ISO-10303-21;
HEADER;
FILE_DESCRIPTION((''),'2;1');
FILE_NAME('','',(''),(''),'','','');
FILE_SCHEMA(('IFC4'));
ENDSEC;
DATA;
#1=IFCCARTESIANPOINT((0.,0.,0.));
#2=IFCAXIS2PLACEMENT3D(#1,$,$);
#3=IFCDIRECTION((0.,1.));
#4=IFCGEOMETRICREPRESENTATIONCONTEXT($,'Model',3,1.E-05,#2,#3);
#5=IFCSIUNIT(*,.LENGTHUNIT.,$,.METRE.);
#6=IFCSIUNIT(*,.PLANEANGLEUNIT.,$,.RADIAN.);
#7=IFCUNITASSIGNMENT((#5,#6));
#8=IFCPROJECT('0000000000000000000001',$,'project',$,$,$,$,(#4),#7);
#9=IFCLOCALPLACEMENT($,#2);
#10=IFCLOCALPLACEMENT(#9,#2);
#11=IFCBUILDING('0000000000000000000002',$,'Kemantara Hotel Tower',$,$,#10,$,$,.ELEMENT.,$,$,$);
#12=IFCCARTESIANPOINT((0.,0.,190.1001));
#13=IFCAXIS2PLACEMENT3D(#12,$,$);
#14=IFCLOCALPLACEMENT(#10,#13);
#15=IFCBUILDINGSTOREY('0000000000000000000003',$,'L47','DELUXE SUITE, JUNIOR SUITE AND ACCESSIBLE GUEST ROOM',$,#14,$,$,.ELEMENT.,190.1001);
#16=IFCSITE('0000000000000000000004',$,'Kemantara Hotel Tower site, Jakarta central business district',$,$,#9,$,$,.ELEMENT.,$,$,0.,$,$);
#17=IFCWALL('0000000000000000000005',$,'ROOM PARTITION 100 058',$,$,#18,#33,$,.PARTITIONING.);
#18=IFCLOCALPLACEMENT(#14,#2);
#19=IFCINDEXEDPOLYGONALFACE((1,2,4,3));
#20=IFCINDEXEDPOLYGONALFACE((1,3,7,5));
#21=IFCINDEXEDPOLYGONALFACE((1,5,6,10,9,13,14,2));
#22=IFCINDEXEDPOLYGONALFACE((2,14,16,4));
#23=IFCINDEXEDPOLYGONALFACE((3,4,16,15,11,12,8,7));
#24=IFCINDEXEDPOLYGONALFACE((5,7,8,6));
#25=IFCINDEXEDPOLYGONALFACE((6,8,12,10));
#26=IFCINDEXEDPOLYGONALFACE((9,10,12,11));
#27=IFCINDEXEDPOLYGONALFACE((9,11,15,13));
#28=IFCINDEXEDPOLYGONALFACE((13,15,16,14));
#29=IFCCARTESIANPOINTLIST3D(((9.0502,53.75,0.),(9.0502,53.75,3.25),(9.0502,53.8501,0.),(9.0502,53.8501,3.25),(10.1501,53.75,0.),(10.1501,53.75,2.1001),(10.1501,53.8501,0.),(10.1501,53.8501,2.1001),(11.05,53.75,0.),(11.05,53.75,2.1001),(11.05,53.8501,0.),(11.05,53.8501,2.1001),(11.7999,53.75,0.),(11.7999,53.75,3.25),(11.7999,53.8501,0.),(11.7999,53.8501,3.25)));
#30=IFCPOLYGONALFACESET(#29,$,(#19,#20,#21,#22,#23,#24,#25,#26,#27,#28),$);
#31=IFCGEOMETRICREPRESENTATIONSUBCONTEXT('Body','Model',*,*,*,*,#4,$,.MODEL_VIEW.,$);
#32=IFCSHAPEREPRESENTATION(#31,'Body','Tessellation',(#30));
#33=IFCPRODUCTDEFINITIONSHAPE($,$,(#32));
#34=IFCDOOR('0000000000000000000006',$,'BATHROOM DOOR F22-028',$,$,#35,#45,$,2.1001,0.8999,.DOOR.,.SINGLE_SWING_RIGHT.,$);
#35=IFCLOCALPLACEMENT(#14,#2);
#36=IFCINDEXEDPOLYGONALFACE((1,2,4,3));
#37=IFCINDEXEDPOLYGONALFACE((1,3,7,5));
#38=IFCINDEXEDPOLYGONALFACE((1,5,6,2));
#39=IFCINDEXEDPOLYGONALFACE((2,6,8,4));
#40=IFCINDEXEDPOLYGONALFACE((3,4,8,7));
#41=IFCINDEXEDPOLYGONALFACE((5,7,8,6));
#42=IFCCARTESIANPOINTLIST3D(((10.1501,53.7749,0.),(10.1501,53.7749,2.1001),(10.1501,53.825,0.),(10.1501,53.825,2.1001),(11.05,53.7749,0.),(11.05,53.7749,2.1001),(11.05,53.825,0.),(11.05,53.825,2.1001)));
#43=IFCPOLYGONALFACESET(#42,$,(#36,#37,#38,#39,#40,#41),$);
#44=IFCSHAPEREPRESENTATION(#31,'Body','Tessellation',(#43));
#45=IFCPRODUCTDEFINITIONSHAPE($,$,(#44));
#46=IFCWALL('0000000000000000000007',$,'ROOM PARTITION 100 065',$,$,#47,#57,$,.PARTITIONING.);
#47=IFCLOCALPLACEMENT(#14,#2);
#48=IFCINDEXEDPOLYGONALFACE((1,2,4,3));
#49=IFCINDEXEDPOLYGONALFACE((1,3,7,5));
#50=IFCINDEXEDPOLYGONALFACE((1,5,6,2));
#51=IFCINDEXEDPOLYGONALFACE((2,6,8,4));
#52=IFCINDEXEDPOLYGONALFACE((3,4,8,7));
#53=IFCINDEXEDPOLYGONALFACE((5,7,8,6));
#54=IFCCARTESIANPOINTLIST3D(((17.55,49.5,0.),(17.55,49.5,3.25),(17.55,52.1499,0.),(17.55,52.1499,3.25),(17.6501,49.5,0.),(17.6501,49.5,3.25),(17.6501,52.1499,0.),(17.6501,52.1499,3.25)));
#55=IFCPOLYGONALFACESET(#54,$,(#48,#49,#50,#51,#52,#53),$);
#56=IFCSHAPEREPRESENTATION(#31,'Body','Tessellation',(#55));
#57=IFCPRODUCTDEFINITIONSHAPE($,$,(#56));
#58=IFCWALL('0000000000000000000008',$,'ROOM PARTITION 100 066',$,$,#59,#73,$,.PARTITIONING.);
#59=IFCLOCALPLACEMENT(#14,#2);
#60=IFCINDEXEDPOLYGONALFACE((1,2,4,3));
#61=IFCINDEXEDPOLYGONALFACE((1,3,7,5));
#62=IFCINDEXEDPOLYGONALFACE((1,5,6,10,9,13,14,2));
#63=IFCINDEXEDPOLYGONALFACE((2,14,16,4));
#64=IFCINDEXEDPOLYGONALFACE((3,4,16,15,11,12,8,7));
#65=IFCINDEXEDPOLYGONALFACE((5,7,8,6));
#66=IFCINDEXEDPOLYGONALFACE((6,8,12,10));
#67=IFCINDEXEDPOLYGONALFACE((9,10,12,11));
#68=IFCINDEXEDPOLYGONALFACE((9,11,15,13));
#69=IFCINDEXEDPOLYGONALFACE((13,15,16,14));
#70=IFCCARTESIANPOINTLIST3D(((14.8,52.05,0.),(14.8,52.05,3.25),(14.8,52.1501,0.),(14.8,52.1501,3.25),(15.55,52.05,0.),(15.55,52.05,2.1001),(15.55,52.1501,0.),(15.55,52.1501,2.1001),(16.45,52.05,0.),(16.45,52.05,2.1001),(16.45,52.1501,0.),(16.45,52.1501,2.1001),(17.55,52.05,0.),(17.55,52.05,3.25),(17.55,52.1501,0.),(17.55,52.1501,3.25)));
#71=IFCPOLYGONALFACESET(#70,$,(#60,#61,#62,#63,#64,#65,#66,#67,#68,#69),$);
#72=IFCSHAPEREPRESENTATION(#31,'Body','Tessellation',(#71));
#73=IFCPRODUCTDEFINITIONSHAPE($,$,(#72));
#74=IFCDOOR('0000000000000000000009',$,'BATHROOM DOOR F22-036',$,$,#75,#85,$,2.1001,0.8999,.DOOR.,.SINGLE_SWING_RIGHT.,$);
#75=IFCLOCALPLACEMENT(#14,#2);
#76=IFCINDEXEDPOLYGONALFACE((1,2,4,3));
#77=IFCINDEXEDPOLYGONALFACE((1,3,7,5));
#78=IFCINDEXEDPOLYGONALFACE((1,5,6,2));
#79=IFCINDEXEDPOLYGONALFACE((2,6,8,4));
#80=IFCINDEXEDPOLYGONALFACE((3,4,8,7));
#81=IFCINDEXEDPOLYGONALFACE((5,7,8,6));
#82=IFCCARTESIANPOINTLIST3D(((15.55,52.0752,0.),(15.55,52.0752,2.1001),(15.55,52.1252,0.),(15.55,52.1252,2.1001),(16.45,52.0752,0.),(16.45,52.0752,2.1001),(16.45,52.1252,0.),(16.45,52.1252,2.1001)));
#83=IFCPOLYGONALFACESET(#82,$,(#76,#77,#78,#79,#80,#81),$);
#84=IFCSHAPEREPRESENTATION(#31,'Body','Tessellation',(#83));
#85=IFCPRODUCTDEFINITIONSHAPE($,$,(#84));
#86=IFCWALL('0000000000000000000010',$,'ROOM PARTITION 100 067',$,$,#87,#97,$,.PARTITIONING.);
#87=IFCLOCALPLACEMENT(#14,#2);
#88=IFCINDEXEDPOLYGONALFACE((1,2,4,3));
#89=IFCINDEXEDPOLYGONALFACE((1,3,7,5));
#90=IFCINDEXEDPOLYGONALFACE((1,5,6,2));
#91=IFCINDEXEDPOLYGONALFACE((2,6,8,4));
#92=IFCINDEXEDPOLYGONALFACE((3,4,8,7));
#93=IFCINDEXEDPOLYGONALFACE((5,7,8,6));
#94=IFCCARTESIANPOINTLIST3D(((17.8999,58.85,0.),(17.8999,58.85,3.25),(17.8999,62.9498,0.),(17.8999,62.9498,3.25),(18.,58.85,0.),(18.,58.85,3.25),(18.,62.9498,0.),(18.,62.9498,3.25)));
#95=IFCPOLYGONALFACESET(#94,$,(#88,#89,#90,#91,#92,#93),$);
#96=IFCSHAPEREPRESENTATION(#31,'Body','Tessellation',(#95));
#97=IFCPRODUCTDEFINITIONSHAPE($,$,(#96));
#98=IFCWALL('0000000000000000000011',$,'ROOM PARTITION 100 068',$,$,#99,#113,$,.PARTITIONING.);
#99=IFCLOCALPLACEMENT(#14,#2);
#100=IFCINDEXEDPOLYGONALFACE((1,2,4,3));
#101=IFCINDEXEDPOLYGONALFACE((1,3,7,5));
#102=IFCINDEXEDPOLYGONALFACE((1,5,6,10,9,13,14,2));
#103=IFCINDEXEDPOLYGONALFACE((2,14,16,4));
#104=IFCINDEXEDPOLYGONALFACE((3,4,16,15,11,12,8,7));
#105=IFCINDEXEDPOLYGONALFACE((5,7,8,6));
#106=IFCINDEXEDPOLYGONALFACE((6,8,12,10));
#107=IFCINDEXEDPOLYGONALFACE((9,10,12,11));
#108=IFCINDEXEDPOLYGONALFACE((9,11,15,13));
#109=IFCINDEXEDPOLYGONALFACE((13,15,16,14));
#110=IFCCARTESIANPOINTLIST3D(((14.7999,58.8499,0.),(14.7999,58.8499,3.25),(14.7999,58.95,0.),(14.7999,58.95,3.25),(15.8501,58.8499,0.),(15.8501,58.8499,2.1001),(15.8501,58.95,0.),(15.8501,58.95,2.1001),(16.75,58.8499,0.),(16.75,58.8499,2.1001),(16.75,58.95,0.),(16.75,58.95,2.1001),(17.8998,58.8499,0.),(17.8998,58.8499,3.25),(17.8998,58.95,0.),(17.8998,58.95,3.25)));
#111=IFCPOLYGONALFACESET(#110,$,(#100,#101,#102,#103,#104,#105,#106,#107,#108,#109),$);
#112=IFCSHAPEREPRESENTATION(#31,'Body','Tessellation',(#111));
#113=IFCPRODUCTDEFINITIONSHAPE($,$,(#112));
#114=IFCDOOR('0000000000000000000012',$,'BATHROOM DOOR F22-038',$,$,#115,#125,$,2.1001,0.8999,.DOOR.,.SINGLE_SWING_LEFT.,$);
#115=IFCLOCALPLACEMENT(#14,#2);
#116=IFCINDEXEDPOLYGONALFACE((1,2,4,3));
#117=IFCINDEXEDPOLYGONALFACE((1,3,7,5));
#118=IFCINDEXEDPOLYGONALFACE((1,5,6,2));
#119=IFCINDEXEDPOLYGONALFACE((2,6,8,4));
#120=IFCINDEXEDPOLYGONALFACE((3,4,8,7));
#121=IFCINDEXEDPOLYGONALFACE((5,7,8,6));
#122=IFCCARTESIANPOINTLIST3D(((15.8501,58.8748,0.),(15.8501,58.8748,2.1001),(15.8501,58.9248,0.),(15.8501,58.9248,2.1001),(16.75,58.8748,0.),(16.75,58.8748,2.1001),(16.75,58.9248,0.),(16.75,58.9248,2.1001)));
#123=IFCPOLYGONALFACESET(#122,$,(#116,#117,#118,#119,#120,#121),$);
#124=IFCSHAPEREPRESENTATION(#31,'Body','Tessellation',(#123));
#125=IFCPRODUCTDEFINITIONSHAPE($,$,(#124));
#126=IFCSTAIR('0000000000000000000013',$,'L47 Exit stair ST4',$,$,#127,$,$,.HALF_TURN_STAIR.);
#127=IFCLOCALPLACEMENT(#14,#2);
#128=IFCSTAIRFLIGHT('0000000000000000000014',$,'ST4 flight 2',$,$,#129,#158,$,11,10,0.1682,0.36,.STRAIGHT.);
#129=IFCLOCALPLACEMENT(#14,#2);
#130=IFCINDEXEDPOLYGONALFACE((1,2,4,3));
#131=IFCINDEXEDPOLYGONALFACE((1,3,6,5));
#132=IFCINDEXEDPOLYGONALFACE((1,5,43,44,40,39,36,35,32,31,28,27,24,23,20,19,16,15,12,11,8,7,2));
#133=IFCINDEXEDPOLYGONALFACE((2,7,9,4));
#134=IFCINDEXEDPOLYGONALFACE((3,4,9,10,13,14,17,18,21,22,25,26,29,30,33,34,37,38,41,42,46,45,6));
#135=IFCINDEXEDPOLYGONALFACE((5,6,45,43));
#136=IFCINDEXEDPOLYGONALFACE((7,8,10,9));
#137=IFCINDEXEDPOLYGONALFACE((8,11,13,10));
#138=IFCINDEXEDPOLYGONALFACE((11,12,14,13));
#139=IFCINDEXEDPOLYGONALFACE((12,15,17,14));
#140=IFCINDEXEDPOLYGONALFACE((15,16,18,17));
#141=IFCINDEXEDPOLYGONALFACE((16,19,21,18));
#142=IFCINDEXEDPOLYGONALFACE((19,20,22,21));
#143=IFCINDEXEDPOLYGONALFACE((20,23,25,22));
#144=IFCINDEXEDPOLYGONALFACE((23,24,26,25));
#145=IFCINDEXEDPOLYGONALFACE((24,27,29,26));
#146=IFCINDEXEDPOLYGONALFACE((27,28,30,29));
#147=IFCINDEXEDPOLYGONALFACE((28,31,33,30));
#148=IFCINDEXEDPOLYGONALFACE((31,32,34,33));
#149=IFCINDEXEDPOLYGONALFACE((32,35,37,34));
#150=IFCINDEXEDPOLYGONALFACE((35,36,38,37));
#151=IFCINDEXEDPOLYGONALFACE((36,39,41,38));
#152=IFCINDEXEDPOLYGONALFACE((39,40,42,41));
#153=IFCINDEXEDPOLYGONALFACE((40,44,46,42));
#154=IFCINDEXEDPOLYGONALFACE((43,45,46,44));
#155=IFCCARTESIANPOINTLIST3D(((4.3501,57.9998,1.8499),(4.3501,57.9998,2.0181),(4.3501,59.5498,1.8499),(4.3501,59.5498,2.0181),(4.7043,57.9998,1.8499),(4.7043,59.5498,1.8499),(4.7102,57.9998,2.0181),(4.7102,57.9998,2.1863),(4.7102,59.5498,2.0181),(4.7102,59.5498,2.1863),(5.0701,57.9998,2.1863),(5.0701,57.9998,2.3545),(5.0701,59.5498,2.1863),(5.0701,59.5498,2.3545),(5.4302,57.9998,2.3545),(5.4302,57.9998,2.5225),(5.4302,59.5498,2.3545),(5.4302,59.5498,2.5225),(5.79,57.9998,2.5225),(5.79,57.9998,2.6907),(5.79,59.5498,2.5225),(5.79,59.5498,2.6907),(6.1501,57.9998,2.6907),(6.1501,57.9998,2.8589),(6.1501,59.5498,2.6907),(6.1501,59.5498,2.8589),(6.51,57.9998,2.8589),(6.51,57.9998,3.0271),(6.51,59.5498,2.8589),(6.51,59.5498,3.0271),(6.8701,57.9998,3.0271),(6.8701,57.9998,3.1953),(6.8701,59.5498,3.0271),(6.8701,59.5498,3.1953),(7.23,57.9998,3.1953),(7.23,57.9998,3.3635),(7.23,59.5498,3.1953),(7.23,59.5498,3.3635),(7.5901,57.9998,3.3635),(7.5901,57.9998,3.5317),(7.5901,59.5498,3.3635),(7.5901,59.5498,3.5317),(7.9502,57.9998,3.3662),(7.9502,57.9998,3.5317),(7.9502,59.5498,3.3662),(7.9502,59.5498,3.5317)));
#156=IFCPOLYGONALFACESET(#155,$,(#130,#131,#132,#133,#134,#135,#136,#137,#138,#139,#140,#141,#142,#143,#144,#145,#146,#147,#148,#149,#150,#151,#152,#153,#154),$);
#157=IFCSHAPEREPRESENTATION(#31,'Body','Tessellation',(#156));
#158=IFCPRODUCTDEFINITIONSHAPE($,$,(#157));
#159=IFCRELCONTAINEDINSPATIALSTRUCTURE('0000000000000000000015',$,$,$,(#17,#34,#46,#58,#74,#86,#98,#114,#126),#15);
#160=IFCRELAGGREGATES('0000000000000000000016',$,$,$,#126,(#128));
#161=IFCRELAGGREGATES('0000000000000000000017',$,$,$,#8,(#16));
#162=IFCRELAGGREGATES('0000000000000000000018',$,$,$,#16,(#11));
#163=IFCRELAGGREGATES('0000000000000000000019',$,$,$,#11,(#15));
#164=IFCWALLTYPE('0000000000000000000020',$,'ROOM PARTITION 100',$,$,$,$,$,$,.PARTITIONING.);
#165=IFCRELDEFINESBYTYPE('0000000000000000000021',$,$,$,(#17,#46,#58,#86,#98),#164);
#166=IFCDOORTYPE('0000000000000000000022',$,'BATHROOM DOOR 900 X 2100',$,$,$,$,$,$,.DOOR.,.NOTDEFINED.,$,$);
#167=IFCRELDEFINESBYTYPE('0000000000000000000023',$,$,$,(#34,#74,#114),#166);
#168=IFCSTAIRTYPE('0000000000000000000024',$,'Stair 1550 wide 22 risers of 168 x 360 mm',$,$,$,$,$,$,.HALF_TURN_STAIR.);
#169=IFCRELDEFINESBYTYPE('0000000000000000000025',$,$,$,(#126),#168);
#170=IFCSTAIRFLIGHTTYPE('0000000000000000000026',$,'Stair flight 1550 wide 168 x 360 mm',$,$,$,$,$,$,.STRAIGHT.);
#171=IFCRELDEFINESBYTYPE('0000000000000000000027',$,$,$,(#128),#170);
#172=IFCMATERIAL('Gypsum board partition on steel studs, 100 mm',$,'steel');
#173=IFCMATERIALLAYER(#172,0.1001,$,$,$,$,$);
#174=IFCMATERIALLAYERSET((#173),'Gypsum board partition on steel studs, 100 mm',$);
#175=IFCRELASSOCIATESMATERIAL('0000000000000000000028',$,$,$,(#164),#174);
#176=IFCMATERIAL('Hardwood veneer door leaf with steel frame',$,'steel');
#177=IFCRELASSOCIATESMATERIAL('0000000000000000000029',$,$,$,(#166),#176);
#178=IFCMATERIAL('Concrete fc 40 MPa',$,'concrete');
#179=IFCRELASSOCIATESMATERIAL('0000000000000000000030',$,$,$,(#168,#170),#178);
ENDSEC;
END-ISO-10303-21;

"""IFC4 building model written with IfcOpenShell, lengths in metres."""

from ifc_helpers import new_model, si_unit, direction, frame, frame_2d, origin, place, context, subcontext, project, spatial, polyline, rectangle, outline, extrude, material, layer, layer_set, type_object, element, fill, aggregate, save


model = new_model("IFC4")

# Units and contexts
model_context = context("Model", 3, precision=1e-05, world=origin(), true_north=direction((0.0, 1.0)))
body_context = subcontext(model_context, "Body", "Model", "MODEL_VIEW")
ifc_project = project(units=[si_unit("LENGTHUNIT", "METRE"), si_unit("PLANEANGLEUNIT", "RADIAN")], contexts=[model_context])

# Site, building, storey
site_placement = place(None, origin())
site = spatial("IfcSite", under=ifc_project, at=site_placement, Name="Kemantara Hotel Tower site, Jakarta central business district", CompositionType="ELEMENT", RefElevation=0.0)
building_placement = place(site_placement, origin())
building = spatial("IfcBuilding", under=site, at=building_placement, Name="Kemantara Hotel Tower", CompositionType="ELEMENT")
storey_placement = place(building_placement, frame((0.0, 0.0, 190.1001)))
storey = spatial("IfcBuildingStorey", under=building, at=storey_placement, Name="L47", Description="DELUXE SUITE, JUNIOR SUITE AND ACCESSIBLE GUEST ROOM", CompositionType="ELEMENT", Elevation=190.1001)

# Shared definitions
ifc_material_1 = material(Name="Concrete fc 40 MPa", Category="concrete")

# Shared definitions
ifc_material_2 = material(Name="Gypsum board partition on steel studs, 100 mm", Category="steel")
ifc_layer_1 = layer(ifc_material_2, 0.1001)
ifc_layer_set_1 = layer_set([ifc_layer_1], Name="Gypsum board partition on steel studs, 100 mm")
wall_type_1 = type_object("IfcWallType", Name="ROOM PARTITION 100", PredefinedType="PARTITIONING", material=ifc_layer_set_1)

# Wall, opening, door
wall_1_placement = place(storey_placement, frame((9.05, 53.8, 0.0), z_axis=(0.0, 0.0, 1.0), x_axis=(1.0, 0.0, 0.0)))
wall_1 = element("IfcWall", 1, at=wall_1_placement, inside=storey, type_object=wall_type_1, Name="ROOM PARTITION 100 058", PredefinedType="PARTITIONING", context=body_context, shape_type="SweptSolid", body=[
    extrude(rectangle(XDim=2.7498, YDim=0.1001, at=frame_2d((1.375, 0.0))), origin(), (0.0, 0.0, 1.0), 3.25),
])
opening_1_placement = place(wall_1_placement, frame((1.1001, 0.0, 0.0)))
opening_1 = element("IfcOpeningElement", 2, at=opening_1_placement, cuts=wall_1, PredefinedType="OPENING", context=body_context, shape_type="SweptSolid", body=[
    extrude(rectangle(XDim=0.8999, YDim=2.1001, at=frame_2d((0.45, 1.05))), frame((0.0, 0.0601, 0.0), z_axis=(0.0, -1.0, 0.0), x_axis=(1.0, 0.0, 0.0)), (0.0, 0.0, 1.0), 0.1201),
])
ifc_material_3 = material(Name="Hardwood veneer door leaf with steel frame", Category="steel")
door_type_1 = type_object("IfcDoorType", Name="BATHROOM DOOR 900 X 2100", OperationType="NOTDEFINED", PredefinedType="DOOR", material=ifc_material_3)
door_1_placement = place(opening_1_placement, origin())
door_1 = element("IfcDoor", 3, at=door_1_placement, inside=storey, type_object=door_type_1, Name="BATHROOM DOOR F22-028", OperationType="SINGLE_SWING_RIGHT", OverallHeight=2.1001, OverallWidth=0.8999, PredefinedType="DOOR", context=body_context, shape_type="SweptSolid", body=[
    extrude(rectangle(XDim=0.8999, YDim=2.1001, at=frame_2d((0.45, 1.05))), frame((0.0, 0.0249, 0.0), z_axis=(0.0, -1.0, 0.0), x_axis=(1.0, 0.0, 0.0)), (0.0, 0.0, 1.0), 0.05),
])
fill(opening_1, door_1)

# Wall
wall_2_placement = place(storey_placement, frame((17.6001, 49.5, 0.0), z_axis=(0.0, 0.0, 1.0), x_axis=(0.0, 1.0, 0.0)))
element("IfcWall", 4, at=wall_2_placement, inside=storey, type_object=wall_type_1, Name="ROOM PARTITION 100 065", PredefinedType="PARTITIONING", context=body_context, shape_type="SweptSolid", body=[
    extrude(rectangle(XDim=2.6499, YDim=0.1001, at=frame_2d((1.325, 0.0))), origin(), (0.0, 0.0, 1.0), 3.25),
])

# Wall, opening, door
wall_3_placement = place(storey_placement, frame((17.55, 52.1001, 0.0), z_axis=(0.0, 0.0, 1.0), x_axis=(-1.0, 0.0, 0.0)))
wall_3 = element("IfcWall", 5, at=wall_3_placement, inside=storey, type_object=wall_type_1, Name="ROOM PARTITION 100 066", PredefinedType="PARTITIONING", context=body_context, shape_type="SweptSolid", body=[
    extrude(rectangle(XDim=2.75, YDim=0.1001, at=frame_2d((1.375, 0.0))), origin(), (0.0, 0.0, 1.0), 3.25),
])
opening_2_placement = place(wall_3_placement, frame((1.1001, 0.0, 0.0)))
opening_2 = element("IfcOpeningElement", 6, at=opening_2_placement, cuts=wall_3, PredefinedType="OPENING", context=body_context, shape_type="SweptSolid", body=[
    extrude(rectangle(XDim=0.8999, YDim=2.1001, at=frame_2d((0.45, 1.05))), frame((0.0, 0.0601, 0.0), z_axis=(0.0, -1.0, 0.0), x_axis=(1.0, 0.0, 0.0)), (0.0, 0.0, 1.0), 0.1201),
])
door_2_placement = place(opening_2_placement, origin())
door_2 = element("IfcDoor", 7, at=door_2_placement, inside=storey, type_object=door_type_1, Name="BATHROOM DOOR F22-036", OperationType="SINGLE_SWING_RIGHT", OverallHeight=2.1001, OverallWidth=0.8999, PredefinedType="DOOR", context=body_context, shape_type="SweptSolid", body=[
    extrude(rectangle(XDim=0.8999, YDim=2.1001, at=frame_2d((0.45, 1.05))), frame((0.0, 0.0249, 0.0), z_axis=(0.0, -1.0, 0.0), x_axis=(1.0, 0.0, 0.0)), (0.0, 0.0, 1.0), 0.05),
])
fill(opening_2, door_2)

# Wall
wall_4_placement = place(storey_placement, frame((17.95, 58.8501, 0.0), z_axis=(0.0, 0.0, 1.0), x_axis=(0.0, 1.0, 0.0)))
element("IfcWall", 8, at=wall_4_placement, inside=storey, type_object=wall_type_1, Name="ROOM PARTITION 100 067", PredefinedType="PARTITIONING", context=body_context, shape_type="SweptSolid", body=[
    extrude(rectangle(XDim=4.0999, YDim=0.1001, at=frame_2d((2.0498, 0.0))), origin(), (0.0, 0.0, 1.0), 3.25),
])

# Wall, opening, door
wall_5_placement = place(storey_placement, frame((14.8, 58.8999, 0.0), z_axis=(0.0, 0.0, 1.0), x_axis=(1.0, 0.0, 0.0)))
wall_5 = element("IfcWall", 9, at=wall_5_placement, inside=storey, type_object=wall_type_1, Name="ROOM PARTITION 100 068", PredefinedType="PARTITIONING", context=body_context, shape_type="SweptSolid", body=[
    extrude(rectangle(XDim=3.0999, YDim=0.1001, at=frame_2d((1.5498, 0.0))), origin(), (0.0, 0.0, 1.0), 3.25),
])
opening_3_placement = place(wall_5_placement, frame((1.05, 0.0, 0.0)))
opening_3 = element("IfcOpeningElement", 10, at=opening_3_placement, cuts=wall_5, PredefinedType="OPENING", context=body_context, shape_type="SweptSolid", body=[
    extrude(rectangle(XDim=0.8999, YDim=2.1001, at=frame_2d((0.45, 1.05))), frame((0.0, 0.0601, 0.0), z_axis=(0.0, -1.0, 0.0), x_axis=(1.0, 0.0, 0.0)), (0.0, 0.0, 1.0), 0.1201),
])
door_3_placement = place(opening_3_placement, origin())
door_3 = element("IfcDoor", 11, at=door_3_placement, inside=storey, type_object=door_type_1, Name="BATHROOM DOOR F22-038", OperationType="SINGLE_SWING_LEFT", OverallHeight=2.1001, OverallWidth=0.8999, PredefinedType="DOOR", context=body_context, shape_type="SweptSolid", body=[
    extrude(rectangle(XDim=0.8999, YDim=2.1001, at=frame_2d((0.45, 1.05))), frame((0.0, 0.0249, 0.0), z_axis=(0.0, -1.0, 0.0), x_axis=(1.0, 0.0, 0.0)), (0.0, 0.0, 1.0), 0.05),
])
fill(opening_3, door_3)

# Stair, stair flight
stair_type = type_object("IfcStairType", Name="Stair 1550 wide 22 risers of 168 x 360 mm", PredefinedType="HALF_TURN_STAIR", material=ifc_material_1)
stair_placement = place(storey_placement, origin())
stair = element("IfcStair", 12, at=stair_placement, inside=storey, type_object=stair_type, Name="L47 Exit stair ST4", PredefinedType="HALF_TURN_STAIR")
stair_flight_type = type_object("IfcStairFlightType", Name="Stair flight 1550 wide 168 x 360 mm", PredefinedType="STRAIGHT", material=ifc_material_1)
stair_flight_placement = place(storey_placement, frame((4.3501, 58.7749, 1.8499), z_axis=(0.0, 0.0, 1.0), x_axis=(1.0, 0.0, 0.0)))
stair_flight = element("IfcStairFlight", 13, at=stair_flight_placement, type_object=stair_flight_type, Name="ST4 flight 2", NumberOfRisers=11, NumberOfTreads=10, PredefinedType="STRAIGHT", RiserHeight=0.1682, TreadLength=0.36, context=body_context, shape_type="SweptSolid", body=[
    extrude(outline(polyline([(0.0, 0.0), (0.0, 0.1682), (0.3601, 0.1682), (0.3601, 0.3364), (0.72, 0.3364), (0.72, 0.5046), (1.0801, 0.5046), (1.0801, 0.6726), (1.4399, 0.6726), (1.4399, 0.8408), (1.8, 0.8408), (1.8, 1.009), (2.1599, 1.009), (2.1599, 1.1772), (2.52, 1.1772), (2.52, 1.3455), (2.8799, 1.3455), (2.8799, 1.5137), (3.24, 1.5137), (3.24, 1.6819), (3.6001, 1.6819), (3.6001, 1.8501), (3.6001, 1.5164), (0.3542, 0.0), (0.0, 0.0)])), frame((0.0, 0.7749, 0.0), z_axis=(0.0, -1.0, 0.0), x_axis=(1.0, 0.0, 0.0)), (0.0, 0.0, 1.0), 1.55),
])
aggregate(stair, [stair_flight])

save(model, "model.ifc")
